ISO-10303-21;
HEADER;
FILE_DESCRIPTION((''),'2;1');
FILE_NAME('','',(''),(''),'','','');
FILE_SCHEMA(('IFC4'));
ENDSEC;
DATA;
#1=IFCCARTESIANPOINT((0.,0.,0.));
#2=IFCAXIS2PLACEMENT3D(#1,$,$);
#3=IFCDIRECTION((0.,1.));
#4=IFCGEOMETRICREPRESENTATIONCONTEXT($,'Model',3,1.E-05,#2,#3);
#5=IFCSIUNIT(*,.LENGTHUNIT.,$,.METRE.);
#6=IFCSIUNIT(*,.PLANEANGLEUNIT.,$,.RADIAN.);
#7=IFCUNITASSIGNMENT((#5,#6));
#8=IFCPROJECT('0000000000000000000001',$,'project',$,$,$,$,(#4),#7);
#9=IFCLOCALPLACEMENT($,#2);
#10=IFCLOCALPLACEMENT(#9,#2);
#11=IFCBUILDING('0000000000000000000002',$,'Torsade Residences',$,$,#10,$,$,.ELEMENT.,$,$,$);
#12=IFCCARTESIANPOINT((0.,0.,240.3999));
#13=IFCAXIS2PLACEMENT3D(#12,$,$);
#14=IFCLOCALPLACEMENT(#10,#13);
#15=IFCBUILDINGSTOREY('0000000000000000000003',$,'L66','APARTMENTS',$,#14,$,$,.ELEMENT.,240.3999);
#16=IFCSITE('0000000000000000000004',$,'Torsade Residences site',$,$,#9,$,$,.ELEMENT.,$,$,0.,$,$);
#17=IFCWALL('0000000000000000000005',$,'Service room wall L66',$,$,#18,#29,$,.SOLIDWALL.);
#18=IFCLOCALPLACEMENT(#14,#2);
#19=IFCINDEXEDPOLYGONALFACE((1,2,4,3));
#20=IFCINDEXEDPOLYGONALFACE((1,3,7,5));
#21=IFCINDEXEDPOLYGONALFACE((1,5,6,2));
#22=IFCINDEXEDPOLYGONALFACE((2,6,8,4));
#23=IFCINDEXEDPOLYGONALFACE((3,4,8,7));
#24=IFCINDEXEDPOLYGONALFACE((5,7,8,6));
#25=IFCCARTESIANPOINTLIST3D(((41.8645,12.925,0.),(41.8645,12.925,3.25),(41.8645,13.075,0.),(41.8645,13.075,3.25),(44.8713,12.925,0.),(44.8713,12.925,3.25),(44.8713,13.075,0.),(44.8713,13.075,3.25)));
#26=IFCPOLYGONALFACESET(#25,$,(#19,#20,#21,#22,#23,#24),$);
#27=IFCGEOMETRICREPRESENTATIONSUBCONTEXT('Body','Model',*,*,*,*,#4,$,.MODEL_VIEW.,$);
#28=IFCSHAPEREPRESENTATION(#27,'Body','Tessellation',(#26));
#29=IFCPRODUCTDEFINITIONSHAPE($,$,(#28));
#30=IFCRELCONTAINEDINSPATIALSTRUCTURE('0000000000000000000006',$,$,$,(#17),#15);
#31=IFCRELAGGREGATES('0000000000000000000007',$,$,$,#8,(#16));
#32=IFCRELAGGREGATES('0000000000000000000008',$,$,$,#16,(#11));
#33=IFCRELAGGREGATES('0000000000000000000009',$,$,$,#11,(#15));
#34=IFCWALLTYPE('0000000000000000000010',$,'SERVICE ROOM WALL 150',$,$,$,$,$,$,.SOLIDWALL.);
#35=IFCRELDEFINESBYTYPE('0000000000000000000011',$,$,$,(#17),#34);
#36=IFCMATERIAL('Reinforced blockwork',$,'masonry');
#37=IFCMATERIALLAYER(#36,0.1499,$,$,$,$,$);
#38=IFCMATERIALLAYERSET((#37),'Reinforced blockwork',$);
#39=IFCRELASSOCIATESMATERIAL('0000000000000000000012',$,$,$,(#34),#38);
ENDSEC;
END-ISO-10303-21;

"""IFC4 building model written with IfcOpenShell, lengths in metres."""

from ifc_helpers import new_model, si_unit, direction, frame, frame_2d, origin, place, context, subcontext, project, spatial, rectangle, extrude, material, layer, layer_set, type_object, element, save


model = new_model("IFC4")

# Units and contexts
model_context = context("Model", 3, precision=1e-05, world=origin(), true_north=direction((0.0, 1.0)))
body_context = subcontext(model_context, "Body", "Model", "MODEL_VIEW")
ifc_project = project(units=[si_unit("LENGTHUNIT", "METRE"), si_unit("PLANEANGLEUNIT", "RADIAN")], contexts=[model_context])

# Site, building, storey
site_placement = place(None, origin())
site = spatial("IfcSite", under=ifc_project, at=site_placement, Name="Torsade Residences site", CompositionType="ELEMENT", RefElevation=0.0)
building_placement = place(site_placement, origin())
building = spatial("IfcBuilding", under=site, at=building_placement, Name="Torsade Residences", CompositionType="ELEMENT")
storey_placement = place(building_placement, frame((0.0, 0.0, 240.3999)))
storey = spatial("IfcBuildingStorey", under=building, at=storey_placement, Name="L66", Description="APARTMENTS", CompositionType="ELEMENT", Elevation=240.3999)

# Shared definitions
ifc_material_1 = material(Name="Reinforced blockwork", Category="masonry")
ifc_layer_1 = layer(ifc_material_1, 0.1499)
ifc_layer_set_1 = layer_set([ifc_layer_1], Name="Reinforced blockwork")
wall_type_1 = type_object("IfcWallType", Name="SERVICE ROOM WALL 150", PredefinedType="SOLIDWALL", material=ifc_layer_set_1)

# Wall
wall_1_placement = place(storey_placement, frame((44.8713, 13.0, 0.0), z_axis=(0.0, 0.0, 1.0), x_axis=(-1.0, 0.0, 0.0)))
element("IfcWall", 1, at=wall_1_placement, inside=storey, type_object=wall_type_1, Name="Service room wall L66", PredefinedType="SOLIDWALL", context=body_context, shape_type="SweptSolid", body=[
    extrude(rectangle(XDim=3.0068, YDim=0.1499, at=frame_2d((1.5034, 0.0))), origin(), (0.0, 0.0, 1.0), 3.25),
])

save(model, "model.ifc")
